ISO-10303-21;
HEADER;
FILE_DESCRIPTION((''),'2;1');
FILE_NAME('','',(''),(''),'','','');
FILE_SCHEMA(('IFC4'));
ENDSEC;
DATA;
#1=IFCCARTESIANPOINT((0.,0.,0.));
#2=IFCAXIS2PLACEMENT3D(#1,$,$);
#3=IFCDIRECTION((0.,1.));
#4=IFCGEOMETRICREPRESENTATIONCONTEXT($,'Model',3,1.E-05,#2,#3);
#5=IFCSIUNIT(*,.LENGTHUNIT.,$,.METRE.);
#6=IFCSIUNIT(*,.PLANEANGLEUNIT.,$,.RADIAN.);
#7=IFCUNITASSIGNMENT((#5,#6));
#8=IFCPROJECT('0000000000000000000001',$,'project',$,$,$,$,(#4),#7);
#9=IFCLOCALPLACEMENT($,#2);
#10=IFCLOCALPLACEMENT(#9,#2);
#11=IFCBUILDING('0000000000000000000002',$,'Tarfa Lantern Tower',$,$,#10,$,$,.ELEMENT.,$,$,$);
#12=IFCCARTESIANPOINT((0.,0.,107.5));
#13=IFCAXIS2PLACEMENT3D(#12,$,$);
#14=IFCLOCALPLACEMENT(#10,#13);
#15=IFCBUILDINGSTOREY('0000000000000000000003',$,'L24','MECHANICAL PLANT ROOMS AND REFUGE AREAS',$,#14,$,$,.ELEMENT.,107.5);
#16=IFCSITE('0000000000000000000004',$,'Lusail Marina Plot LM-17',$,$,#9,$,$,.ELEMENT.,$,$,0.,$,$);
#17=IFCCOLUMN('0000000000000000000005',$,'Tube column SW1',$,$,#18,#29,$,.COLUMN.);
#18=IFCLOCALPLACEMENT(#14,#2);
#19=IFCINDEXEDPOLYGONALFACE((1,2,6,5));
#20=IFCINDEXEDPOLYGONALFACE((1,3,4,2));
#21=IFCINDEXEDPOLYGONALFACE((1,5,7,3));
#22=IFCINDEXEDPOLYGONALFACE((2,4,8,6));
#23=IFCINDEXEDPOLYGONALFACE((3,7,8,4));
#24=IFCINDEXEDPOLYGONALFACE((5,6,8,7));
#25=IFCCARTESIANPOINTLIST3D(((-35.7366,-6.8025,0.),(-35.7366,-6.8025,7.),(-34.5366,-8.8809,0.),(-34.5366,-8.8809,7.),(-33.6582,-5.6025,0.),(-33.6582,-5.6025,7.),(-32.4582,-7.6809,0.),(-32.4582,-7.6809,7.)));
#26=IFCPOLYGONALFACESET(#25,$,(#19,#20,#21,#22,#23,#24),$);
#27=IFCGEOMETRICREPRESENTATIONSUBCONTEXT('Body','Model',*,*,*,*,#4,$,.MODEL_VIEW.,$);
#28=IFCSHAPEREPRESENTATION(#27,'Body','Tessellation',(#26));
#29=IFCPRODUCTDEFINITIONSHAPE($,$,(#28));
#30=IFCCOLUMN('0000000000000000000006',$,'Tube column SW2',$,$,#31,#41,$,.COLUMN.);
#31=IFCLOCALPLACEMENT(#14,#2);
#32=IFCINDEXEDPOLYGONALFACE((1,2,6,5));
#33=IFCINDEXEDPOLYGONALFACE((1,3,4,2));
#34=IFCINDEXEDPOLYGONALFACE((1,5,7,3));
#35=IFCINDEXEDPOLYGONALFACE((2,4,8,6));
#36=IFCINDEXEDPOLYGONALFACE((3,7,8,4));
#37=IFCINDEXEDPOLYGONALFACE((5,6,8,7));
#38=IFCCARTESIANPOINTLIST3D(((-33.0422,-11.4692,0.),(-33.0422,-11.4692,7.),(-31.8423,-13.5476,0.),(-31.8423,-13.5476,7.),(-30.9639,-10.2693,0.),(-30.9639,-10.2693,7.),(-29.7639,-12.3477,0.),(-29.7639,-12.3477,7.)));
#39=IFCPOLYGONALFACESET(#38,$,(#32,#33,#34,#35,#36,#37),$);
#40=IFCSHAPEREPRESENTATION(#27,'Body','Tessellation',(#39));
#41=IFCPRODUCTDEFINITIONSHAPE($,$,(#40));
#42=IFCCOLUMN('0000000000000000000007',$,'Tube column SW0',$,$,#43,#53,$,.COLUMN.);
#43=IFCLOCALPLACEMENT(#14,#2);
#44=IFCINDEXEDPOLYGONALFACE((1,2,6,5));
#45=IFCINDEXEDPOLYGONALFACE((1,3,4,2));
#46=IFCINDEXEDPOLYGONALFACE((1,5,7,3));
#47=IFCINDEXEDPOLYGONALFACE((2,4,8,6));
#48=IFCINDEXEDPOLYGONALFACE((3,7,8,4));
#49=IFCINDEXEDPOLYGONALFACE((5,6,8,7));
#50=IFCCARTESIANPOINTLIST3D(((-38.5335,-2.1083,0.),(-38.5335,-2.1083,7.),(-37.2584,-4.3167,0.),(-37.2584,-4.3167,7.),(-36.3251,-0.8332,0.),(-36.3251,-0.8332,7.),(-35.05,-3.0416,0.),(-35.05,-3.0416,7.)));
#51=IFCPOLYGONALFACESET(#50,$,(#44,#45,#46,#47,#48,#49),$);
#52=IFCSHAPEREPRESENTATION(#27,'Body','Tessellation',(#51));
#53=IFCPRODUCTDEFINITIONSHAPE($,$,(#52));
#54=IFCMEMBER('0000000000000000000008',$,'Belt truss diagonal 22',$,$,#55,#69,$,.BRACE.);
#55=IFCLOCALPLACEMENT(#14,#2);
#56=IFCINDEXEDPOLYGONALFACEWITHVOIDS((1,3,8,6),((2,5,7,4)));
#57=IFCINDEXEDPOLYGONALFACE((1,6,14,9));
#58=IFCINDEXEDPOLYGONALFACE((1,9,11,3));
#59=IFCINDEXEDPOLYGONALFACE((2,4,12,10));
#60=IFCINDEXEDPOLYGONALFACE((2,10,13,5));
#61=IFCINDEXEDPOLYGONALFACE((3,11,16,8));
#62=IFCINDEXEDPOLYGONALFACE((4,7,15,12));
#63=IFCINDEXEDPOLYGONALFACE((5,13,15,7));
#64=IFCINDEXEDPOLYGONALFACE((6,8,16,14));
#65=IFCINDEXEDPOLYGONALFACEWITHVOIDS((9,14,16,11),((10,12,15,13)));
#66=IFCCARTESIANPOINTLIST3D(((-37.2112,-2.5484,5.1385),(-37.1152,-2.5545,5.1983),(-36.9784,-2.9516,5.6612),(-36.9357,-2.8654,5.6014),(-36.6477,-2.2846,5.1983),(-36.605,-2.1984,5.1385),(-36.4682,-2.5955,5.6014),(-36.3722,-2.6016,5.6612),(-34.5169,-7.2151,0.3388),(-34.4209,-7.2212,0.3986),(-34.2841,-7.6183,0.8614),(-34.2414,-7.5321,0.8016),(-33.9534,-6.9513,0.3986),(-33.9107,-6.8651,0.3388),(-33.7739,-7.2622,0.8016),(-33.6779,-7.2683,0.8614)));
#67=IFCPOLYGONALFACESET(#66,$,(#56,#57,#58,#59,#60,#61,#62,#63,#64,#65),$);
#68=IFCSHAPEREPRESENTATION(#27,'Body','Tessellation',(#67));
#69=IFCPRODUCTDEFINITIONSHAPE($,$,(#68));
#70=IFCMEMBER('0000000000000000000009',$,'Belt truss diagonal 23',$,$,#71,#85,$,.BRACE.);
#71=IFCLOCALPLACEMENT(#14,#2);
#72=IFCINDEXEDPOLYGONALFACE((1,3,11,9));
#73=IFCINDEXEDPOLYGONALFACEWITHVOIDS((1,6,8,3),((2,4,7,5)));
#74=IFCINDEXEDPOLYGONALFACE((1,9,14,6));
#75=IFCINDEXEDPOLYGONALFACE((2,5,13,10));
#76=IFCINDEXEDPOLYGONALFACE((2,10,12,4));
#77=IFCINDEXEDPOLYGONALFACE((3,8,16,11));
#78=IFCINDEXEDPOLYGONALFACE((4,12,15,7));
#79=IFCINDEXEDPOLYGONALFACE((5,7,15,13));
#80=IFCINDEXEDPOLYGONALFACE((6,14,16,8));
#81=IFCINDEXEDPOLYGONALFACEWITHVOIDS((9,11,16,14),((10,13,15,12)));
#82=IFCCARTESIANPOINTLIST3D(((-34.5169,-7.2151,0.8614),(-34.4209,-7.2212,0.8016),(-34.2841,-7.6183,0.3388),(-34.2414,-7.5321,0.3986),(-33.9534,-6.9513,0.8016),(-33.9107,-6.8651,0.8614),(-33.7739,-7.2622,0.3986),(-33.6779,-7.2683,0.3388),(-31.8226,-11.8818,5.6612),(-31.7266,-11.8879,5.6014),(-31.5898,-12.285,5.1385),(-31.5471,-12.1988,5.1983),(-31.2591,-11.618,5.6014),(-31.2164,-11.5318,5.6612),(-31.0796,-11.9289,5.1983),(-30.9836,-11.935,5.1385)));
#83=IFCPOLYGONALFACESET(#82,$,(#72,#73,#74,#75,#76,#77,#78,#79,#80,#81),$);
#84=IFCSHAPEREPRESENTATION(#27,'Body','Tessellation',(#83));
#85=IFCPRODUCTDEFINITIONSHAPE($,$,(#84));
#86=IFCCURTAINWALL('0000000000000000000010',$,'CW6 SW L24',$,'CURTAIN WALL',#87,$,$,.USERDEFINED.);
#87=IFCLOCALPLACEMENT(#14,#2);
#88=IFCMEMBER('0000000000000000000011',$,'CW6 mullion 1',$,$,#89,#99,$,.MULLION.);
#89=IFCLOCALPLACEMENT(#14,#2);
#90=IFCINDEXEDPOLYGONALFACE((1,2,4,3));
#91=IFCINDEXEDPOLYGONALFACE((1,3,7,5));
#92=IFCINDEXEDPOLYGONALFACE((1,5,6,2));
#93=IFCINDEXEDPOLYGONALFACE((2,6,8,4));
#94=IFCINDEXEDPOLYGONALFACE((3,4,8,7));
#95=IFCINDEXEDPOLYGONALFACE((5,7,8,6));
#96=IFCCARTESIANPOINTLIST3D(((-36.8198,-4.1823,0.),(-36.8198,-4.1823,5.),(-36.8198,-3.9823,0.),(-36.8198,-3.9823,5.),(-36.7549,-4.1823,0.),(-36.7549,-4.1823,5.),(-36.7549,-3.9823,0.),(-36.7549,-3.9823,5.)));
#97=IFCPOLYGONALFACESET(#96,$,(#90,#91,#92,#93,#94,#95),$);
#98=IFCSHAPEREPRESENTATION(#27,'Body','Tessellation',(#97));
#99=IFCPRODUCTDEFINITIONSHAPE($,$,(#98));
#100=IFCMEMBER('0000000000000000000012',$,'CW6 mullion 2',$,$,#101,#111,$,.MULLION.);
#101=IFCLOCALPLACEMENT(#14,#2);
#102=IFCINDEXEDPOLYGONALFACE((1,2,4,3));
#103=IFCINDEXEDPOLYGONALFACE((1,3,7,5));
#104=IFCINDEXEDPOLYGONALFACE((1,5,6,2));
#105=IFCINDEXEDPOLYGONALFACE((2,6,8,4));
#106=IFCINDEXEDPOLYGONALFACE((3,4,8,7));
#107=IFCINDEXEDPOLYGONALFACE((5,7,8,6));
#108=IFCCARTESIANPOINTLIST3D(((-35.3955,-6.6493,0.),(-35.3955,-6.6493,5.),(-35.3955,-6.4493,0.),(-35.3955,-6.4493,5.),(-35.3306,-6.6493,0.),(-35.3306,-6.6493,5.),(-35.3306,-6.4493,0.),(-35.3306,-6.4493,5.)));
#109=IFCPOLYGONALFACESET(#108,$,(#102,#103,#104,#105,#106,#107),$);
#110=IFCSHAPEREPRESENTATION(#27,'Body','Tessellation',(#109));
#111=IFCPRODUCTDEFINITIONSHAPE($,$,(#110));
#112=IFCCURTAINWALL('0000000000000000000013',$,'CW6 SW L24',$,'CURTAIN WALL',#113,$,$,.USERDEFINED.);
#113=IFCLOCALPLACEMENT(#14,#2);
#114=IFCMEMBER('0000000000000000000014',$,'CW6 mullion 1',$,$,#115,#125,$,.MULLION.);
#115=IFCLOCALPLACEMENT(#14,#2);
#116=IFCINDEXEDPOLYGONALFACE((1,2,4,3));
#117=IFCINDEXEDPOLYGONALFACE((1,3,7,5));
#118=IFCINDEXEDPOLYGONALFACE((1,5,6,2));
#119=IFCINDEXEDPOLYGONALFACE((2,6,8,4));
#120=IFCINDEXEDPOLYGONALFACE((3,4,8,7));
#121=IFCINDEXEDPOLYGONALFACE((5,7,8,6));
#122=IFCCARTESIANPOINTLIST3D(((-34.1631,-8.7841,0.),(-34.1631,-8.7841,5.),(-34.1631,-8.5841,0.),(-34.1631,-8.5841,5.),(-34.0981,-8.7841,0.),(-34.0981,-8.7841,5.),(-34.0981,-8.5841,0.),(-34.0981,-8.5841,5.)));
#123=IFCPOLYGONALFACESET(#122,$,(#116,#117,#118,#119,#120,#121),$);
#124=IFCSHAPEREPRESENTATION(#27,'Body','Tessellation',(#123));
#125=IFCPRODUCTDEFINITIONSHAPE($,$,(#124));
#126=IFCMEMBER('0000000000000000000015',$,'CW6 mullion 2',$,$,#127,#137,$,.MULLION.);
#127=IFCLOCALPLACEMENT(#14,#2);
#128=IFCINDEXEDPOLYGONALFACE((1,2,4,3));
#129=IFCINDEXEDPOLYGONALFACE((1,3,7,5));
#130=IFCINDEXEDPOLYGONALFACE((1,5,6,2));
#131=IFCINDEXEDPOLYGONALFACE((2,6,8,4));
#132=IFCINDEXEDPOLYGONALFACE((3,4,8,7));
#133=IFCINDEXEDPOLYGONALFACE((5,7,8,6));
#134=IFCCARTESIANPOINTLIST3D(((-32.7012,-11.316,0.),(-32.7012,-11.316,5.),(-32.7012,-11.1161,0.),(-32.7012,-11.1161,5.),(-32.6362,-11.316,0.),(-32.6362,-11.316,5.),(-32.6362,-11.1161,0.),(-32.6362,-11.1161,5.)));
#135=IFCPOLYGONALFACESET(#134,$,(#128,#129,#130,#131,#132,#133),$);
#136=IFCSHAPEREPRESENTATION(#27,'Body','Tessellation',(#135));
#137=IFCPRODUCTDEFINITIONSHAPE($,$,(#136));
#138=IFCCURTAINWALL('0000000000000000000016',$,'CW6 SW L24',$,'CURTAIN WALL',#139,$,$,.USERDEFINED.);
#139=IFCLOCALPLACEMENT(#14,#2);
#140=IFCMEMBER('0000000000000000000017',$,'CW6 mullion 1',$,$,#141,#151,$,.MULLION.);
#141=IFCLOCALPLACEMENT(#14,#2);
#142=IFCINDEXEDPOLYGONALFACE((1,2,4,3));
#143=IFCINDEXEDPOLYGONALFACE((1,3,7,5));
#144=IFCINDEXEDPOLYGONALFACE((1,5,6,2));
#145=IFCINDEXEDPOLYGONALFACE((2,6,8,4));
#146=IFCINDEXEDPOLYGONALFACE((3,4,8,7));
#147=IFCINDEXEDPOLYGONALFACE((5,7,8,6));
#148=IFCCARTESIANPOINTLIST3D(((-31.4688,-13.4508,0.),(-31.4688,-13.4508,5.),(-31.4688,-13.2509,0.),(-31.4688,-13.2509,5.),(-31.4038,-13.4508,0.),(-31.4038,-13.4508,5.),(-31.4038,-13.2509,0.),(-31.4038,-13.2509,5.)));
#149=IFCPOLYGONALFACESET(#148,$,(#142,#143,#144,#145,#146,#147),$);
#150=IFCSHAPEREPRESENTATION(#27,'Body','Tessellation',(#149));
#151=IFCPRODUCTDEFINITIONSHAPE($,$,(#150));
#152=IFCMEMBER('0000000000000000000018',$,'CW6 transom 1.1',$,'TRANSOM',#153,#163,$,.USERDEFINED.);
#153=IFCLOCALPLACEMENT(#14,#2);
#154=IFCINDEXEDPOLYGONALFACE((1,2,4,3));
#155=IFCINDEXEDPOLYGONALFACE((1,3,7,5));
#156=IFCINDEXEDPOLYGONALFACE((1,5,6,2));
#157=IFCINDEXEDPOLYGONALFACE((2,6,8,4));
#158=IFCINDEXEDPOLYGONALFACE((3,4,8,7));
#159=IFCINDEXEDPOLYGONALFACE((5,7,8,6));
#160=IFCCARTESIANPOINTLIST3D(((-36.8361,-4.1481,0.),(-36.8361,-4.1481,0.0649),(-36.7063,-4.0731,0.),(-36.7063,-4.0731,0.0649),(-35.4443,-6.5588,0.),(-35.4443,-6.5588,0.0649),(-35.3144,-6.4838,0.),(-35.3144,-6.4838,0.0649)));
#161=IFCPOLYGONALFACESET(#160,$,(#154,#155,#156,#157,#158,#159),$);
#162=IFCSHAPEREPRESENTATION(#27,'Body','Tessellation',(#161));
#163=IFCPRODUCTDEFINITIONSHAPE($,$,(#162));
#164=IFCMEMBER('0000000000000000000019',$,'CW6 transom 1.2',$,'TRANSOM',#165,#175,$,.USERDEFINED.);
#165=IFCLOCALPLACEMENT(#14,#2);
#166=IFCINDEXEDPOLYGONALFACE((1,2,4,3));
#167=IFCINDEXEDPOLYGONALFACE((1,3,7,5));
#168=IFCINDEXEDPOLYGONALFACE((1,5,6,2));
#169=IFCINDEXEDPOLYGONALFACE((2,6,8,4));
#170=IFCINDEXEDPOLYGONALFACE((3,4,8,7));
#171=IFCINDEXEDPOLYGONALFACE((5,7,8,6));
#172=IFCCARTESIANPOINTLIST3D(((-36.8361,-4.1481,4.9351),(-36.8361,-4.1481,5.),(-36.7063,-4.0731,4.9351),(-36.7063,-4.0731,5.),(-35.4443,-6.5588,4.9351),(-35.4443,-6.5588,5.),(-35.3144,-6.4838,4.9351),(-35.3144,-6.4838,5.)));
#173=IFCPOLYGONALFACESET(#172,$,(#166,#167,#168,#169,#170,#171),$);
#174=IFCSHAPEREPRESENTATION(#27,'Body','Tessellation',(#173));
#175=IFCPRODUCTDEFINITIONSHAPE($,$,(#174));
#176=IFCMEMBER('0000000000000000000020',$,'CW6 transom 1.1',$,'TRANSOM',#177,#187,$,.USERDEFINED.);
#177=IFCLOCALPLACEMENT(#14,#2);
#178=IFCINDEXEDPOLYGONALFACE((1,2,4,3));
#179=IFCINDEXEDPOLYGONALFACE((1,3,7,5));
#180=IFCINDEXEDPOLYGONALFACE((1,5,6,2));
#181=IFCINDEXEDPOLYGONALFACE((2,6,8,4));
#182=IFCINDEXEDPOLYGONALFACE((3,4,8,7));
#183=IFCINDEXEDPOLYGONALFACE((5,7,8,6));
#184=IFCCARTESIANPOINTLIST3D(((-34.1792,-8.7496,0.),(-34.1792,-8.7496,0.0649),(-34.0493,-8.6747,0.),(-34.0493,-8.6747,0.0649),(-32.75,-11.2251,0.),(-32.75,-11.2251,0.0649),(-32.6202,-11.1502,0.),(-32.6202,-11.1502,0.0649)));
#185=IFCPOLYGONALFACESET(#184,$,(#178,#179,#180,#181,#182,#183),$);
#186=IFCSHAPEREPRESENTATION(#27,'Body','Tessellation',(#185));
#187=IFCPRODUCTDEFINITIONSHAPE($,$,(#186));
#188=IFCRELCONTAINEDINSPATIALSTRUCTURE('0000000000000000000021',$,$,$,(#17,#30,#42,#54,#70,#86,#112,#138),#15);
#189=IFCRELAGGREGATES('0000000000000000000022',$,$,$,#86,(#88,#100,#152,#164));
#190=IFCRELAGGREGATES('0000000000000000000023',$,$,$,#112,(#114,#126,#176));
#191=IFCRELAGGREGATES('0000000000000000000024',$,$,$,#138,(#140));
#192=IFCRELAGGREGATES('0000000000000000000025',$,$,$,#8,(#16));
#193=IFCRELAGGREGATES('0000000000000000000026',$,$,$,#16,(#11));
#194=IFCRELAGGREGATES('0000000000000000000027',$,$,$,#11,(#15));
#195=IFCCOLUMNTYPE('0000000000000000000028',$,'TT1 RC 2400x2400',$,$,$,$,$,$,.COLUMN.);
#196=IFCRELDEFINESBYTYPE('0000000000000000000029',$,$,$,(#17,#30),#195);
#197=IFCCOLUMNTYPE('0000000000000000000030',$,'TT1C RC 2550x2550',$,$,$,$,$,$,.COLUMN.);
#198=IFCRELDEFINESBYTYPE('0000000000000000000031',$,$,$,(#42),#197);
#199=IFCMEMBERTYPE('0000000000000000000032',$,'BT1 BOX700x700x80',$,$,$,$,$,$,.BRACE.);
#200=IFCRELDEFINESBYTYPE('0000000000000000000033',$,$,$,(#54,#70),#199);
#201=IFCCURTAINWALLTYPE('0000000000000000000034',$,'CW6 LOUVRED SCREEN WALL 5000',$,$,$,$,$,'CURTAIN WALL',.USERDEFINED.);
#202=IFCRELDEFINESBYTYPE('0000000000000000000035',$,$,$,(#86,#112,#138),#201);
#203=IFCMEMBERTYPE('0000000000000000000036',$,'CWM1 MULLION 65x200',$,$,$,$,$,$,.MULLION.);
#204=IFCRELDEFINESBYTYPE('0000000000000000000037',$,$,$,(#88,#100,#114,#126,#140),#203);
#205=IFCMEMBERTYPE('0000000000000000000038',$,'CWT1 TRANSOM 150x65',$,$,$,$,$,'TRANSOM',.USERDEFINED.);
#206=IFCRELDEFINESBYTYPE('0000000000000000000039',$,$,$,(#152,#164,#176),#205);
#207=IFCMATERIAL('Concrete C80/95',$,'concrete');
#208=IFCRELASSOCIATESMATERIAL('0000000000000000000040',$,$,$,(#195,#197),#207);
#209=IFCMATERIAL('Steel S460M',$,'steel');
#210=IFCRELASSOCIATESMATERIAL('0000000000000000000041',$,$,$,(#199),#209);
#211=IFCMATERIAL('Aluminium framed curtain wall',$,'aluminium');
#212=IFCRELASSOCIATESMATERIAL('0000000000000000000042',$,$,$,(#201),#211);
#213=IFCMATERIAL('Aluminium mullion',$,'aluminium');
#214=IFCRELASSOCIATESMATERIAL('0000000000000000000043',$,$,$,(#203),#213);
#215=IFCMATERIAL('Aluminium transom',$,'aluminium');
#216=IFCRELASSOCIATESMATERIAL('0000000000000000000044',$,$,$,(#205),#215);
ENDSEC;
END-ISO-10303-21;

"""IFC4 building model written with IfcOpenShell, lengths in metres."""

from ifc_helpers import new_model, si_unit, direction, frame, origin, origin_2d, place, context, subcontext, project, spatial, rectangle, hollow_rectangle, extrude, material, material_profile, profile_set, type_object, element, aggregate, save


model = new_model("IFC4")

# Units and contexts
model_context = context("Model", 3, precision=1e-05, world=origin(), true_north=direction((0.0, 1.0)))
body_context = subcontext(model_context, "Body", "Model", "MODEL_VIEW")
ifc_project = project(units=[si_unit("LENGTHUNIT", "METRE"), si_unit("PLANEANGLEUNIT", "RADIAN")], contexts=[model_context])

# Site, building, storey
site_placement = place(None, origin())
site = spatial("IfcSite", under=ifc_project, at=site_placement, Name="Lusail Marina Plot LM-17", CompositionType="ELEMENT", RefElevation=0.0)
building_placement = place(site_placement, origin())
building = spatial("IfcBuilding", under=site, at=building_placement, Name="Tarfa Lantern Tower", CompositionType="ELEMENT")
storey_placement = place(building_placement, frame((0.0, 0.0, 107.5)))
storey = spatial("IfcBuildingStorey", under=building, at=storey_placement, Name="L24", Description="MECHANICAL PLANT ROOMS AND REFUGE AREAS", CompositionType="ELEMENT", Elevation=107.5)

# Columns
ifc_material_1 = material(Name="Concrete C80/95", Category="concrete")
ifc_material_profile_1 = material_profile(ifc_material_1, rectangle(XDim=2.3999, YDim=2.3999, at=origin_2d()), Name="RC 2400x2400")
ifc_profile_set_1 = profile_set([ifc_material_profile_1], Name="Concrete C80/95")
column_type_1 = type_object("IfcColumnType", Name="TT1 RC 2400x2400", PredefinedType="COLUMN", material=ifc_profile_set_1)
for number, where, z_axis, x_axis, name in (
    (1, (-34.0974, -7.2417, 0.0), (0.0, 0.0, 1.0), (0.5, -0.866025, 0.0), "Tube column SW1"),
    (2, (-31.4031, -11.9084, 0.0), (0.0, 0.0, 1.0), (0.5, -0.866025, 0.0), "Tube column SW2"),
):
    element("IfcColumn", number, at=place(storey_placement, frame(where, z_axis=z_axis, x_axis=x_axis)), inside=storey, type_object=column_type_1, Name=name, PredefinedType="COLUMN", context=body_context, shape_type="SweptSolid", body=[
        extrude(rectangle(XDim=2.3999, YDim=2.3999, at=origin_2d()), origin(), (0.0, 0.0, 1.0), 7.0),
    ])
ifc_material_profile_2 = material_profile(ifc_material_1, rectangle(XDim=2.55, YDim=2.55, at=origin_2d()), Name="RC 2550x2550")
ifc_profile_set_2 = profile_set([ifc_material_profile_2], Name="Concrete C80/95")
column_type_2 = type_object("IfcColumnType", Name="TT1C RC 2550x2550", PredefinedType="COLUMN", material=ifc_profile_set_2)
column_placement = place(storey_placement, frame((-36.7917, -2.575, 0.0), z_axis=(0.0, 0.0, 1.0), x_axis=(0.5, -0.866025, 0.0)))
element("IfcColumn", 3, at=column_placement, inside=storey, type_object=column_type_2, Name="Tube column SW0", PredefinedType="COLUMN", context=body_context, shape_type="SweptSolid", body=[
    extrude(rectangle(XDim=2.55, YDim=2.55, at=origin_2d()), origin(), (0.0, 0.0, 1.0), 7.0),
])

# Members
ifc_material_2 = material(Name="Steel S460M", Category="steel")
ifc_material_profile_3 = material_profile(ifc_material_2, hollow_rectangle(XDim=0.7, YDim=0.7, WallThickness=0.0801, at=origin_2d()), Name="BOX700x700x80")
ifc_profile_set_3 = profile_set([ifc_material_profile_3], Name="Steel S460M")
member_type_1 = type_object("IfcMemberType", Name="BT1 BOX700x700x80", PredefinedType="BRACE", material=ifc_profile_set_3)
for number, where, z_axis, x_axis, name in (
    (4, (-34.0974, -7.2417, 0.6001), (-0.373364, 0.646688, 0.665127), (-0.866026, -0.499998, 0.0), "Belt truss diagonal 22"),
    (5, (-34.0974, -7.2417, 0.6001), (0.373364, -0.646688, 0.665127), (0.866026, 0.499998, 0.0), "Belt truss diagonal 23"),
):
    element("IfcMember", number, at=place(storey_placement, frame(where, z_axis=z_axis, x_axis=x_axis)), inside=storey, type_object=member_type_1, Name=name, PredefinedType="BRACE", context=body_context, shape_type="SweptSolid", body=[
        extrude(hollow_rectangle(XDim=0.7, YDim=0.7, WallThickness=0.0801, at=origin_2d()), origin(), (0.0, 0.0, 1.0), 7.2163),
    ])

# Curtain walls, members
ifc_material_3 = material(Name="Aluminium framed curtain wall", Category="aluminium")
curtain_wall_type = type_object("IfcCurtainWallType", Name="CW6 LOUVRED SCREEN WALL 5000", ElementType="CURTAIN WALL", PredefinedType="USERDEFINED", material=ifc_material_3)
curtain_wall_1_placement = place(storey_placement, origin())
curtain_wall_1 = element("IfcCurtainWall", 6, at=curtain_wall_1_placement, inside=storey, type_object=curtain_wall_type, Name="CW6 SW L24", ObjectType="CURTAIN WALL", PredefinedType="USERDEFINED")
ifc_material_4 = material(Name="Aluminium mullion", Category="aluminium")
ifc_material_profile_4 = material_profile(ifc_material_4, rectangle(XDim=0.0649, YDim=0.2, at=origin_2d()), Name="AL MULLION 65x200")
ifc_profile_set_4 = profile_set([ifc_material_profile_4], Name="Aluminium mullion")
member_type_2 = type_object("IfcMemberType", Name="CWM1 MULLION 65x200", PredefinedType="MULLION", material=ifc_profile_set_4)
member_1_placement = place(storey_placement, frame((-36.7874, -4.0823, 0.0), z_axis=(0.0, 0.0, 1.0), x_axis=(1.0, 0.0, 0.0)))
member_1 = element("IfcMember", 7, at=member_1_placement, type_object=member_type_2, Name="CW6 mullion 1", PredefinedType="MULLION", context=body_context, shape_type="SweptSolid", body=[
    extrude(rectangle(XDim=0.0649, YDim=0.2, at=origin_2d()), origin(), (0.0, 0.0, 1.0), 5.0),
])
member_2_placement = place(storey_placement, frame((-35.363, -6.5493, 0.0), z_axis=(0.0, 0.0, 1.0), x_axis=(1.0, 0.0, 0.0)))
member_2 = element("IfcMember", 8, at=member_2_placement, type_object=member_type_2, Name="CW6 mullion 2", PredefinedType="MULLION", context=body_context, shape_type="SweptSolid", body=[
    extrude(rectangle(XDim=0.0649, YDim=0.2, at=origin_2d()), origin(), (0.0, 0.0, 1.0), 5.0),
])
curtain_wall_2_placement = place(storey_placement, origin())
curtain_wall_2 = element("IfcCurtainWall", 9, at=curtain_wall_2_placement, inside=storey, type_object=curtain_wall_type, Name="CW6 SW L24", ObjectType="CURTAIN WALL", PredefinedType="USERDEFINED")
member_3_placement = place(storey_placement, frame((-34.1306, -8.6841, 0.0), z_axis=(0.0, 0.0, 1.0), x_axis=(1.0, 0.0, 0.0)))
member_3 = element("IfcMember", 10, at=member_3_placement, type_object=member_type_2, Name="CW6 mullion 1", PredefinedType="MULLION", context=body_context, shape_type="SweptSolid", body=[
    extrude(rectangle(XDim=0.0649, YDim=0.2, at=origin_2d()), origin(), (0.0, 0.0, 1.0), 5.0),
])
member_4_placement = place(storey_placement, frame((-32.6687, -11.2161, 0.0), z_axis=(0.0, 0.0, 1.0), x_axis=(1.0, 0.0, 0.0)))
member_4 = element("IfcMember", 11, at=member_4_placement, type_object=member_type_2, Name="CW6 mullion 2", PredefinedType="MULLION", context=body_context, shape_type="SweptSolid", body=[
    extrude(rectangle(XDim=0.0649, YDim=0.2, at=origin_2d()), origin(), (0.0, 0.0, 1.0), 5.0),
])

# Curtain wall, member
curtain_wall_3_placement = place(storey_placement, origin())
curtain_wall_3 = element("IfcCurtainWall", 12, at=curtain_wall_3_placement, inside=storey, type_object=curtain_wall_type, Name="CW6 SW L24", ObjectType="CURTAIN WALL", PredefinedType="USERDEFINED")
member_5_placement = place(storey_placement, frame((-31.4363, -13.3508, 0.0), z_axis=(0.0, 0.0, 1.0), x_axis=(1.0, 0.0, 0.0)))
member_5 = element("IfcMember", 13, at=member_5_placement, type_object=member_type_2, Name="CW6 mullion 1", PredefinedType="MULLION", context=body_context, shape_type="SweptSolid", body=[
    extrude(rectangle(XDim=0.0649, YDim=0.2, at=origin_2d()), origin(), (0.0, 0.0, 1.0), 5.0),
])

# Members
ifc_material_5 = material(Name="Aluminium transom", Category="aluminium")
ifc_material_profile_5 = material_profile(ifc_material_5, rectangle(XDim=0.1499, YDim=0.0649, at=origin_2d()), Name="AL TRANSOM 150x65")
ifc_profile_set_5 = profile_set([ifc_material_profile_5], Name="Aluminium transom")
member_type_3 = type_object("IfcMemberType", Name="CWT1 TRANSOM 150x65", ElementType="TRANSOM", PredefinedType="USERDEFINED", material=ifc_profile_set_5)
member_6_placement = place(storey_placement, frame((-36.7712, -4.1106, 0.0325), z_axis=(0.500016, -0.866016, 0.0), x_axis=(0.866016, 0.500016, 0.0)))
member_6 = element("IfcMember", 14, at=member_6_placement, type_object=member_type_3, Name="CW6 transom 1.1", ObjectType="TRANSOM", PredefinedType="USERDEFINED", context=body_context, shape_type="SweptSolid", body=[
    extrude(rectangle(XDim=0.1499, YDim=0.0649, at=origin_2d()), origin(), (0.0, 0.0, 1.0), 2.7837),
])
member_7_placement = place(storey_placement, frame((-36.7712, -4.1106, 4.9675), z_axis=(0.500016, -0.866016, 0.0), x_axis=(0.866016, 0.500016, 0.0)))
member_7 = element("IfcMember", 15, at=member_7_placement, type_object=member_type_3, Name="CW6 transom 1.2", ObjectType="TRANSOM", PredefinedType="USERDEFINED", context=body_context, shape_type="SweptSolid", body=[
    extrude(rectangle(XDim=0.1499, YDim=0.0649, at=origin_2d()), origin(), (0.0, 0.0, 1.0), 2.7837),
])
member_8_placement = place(storey_placement, frame((-34.1143, -8.7122, 0.0325), z_axis=(0.499979, -0.866038, 0.0), x_axis=(0.866038, 0.499979, 0.0)))
member_8 = element("IfcMember", 16, at=member_8_placement, type_object=member_type_3, Name="CW6 transom 1.1", ObjectType="TRANSOM", PredefinedType="USERDEFINED", context=body_context, shape_type="SweptSolid", body=[
    extrude(rectangle(XDim=0.1499, YDim=0.0649, at=origin_2d()), origin(), (0.0, 0.0, 1.0), 2.8584),
])

aggregate(curtain_wall_1, [member_1, member_2, member_6, member_7])
aggregate(curtain_wall_2, [member_3, member_4, member_8])
aggregate(curtain_wall_3, [member_5])

save(model, "model.ifc")
